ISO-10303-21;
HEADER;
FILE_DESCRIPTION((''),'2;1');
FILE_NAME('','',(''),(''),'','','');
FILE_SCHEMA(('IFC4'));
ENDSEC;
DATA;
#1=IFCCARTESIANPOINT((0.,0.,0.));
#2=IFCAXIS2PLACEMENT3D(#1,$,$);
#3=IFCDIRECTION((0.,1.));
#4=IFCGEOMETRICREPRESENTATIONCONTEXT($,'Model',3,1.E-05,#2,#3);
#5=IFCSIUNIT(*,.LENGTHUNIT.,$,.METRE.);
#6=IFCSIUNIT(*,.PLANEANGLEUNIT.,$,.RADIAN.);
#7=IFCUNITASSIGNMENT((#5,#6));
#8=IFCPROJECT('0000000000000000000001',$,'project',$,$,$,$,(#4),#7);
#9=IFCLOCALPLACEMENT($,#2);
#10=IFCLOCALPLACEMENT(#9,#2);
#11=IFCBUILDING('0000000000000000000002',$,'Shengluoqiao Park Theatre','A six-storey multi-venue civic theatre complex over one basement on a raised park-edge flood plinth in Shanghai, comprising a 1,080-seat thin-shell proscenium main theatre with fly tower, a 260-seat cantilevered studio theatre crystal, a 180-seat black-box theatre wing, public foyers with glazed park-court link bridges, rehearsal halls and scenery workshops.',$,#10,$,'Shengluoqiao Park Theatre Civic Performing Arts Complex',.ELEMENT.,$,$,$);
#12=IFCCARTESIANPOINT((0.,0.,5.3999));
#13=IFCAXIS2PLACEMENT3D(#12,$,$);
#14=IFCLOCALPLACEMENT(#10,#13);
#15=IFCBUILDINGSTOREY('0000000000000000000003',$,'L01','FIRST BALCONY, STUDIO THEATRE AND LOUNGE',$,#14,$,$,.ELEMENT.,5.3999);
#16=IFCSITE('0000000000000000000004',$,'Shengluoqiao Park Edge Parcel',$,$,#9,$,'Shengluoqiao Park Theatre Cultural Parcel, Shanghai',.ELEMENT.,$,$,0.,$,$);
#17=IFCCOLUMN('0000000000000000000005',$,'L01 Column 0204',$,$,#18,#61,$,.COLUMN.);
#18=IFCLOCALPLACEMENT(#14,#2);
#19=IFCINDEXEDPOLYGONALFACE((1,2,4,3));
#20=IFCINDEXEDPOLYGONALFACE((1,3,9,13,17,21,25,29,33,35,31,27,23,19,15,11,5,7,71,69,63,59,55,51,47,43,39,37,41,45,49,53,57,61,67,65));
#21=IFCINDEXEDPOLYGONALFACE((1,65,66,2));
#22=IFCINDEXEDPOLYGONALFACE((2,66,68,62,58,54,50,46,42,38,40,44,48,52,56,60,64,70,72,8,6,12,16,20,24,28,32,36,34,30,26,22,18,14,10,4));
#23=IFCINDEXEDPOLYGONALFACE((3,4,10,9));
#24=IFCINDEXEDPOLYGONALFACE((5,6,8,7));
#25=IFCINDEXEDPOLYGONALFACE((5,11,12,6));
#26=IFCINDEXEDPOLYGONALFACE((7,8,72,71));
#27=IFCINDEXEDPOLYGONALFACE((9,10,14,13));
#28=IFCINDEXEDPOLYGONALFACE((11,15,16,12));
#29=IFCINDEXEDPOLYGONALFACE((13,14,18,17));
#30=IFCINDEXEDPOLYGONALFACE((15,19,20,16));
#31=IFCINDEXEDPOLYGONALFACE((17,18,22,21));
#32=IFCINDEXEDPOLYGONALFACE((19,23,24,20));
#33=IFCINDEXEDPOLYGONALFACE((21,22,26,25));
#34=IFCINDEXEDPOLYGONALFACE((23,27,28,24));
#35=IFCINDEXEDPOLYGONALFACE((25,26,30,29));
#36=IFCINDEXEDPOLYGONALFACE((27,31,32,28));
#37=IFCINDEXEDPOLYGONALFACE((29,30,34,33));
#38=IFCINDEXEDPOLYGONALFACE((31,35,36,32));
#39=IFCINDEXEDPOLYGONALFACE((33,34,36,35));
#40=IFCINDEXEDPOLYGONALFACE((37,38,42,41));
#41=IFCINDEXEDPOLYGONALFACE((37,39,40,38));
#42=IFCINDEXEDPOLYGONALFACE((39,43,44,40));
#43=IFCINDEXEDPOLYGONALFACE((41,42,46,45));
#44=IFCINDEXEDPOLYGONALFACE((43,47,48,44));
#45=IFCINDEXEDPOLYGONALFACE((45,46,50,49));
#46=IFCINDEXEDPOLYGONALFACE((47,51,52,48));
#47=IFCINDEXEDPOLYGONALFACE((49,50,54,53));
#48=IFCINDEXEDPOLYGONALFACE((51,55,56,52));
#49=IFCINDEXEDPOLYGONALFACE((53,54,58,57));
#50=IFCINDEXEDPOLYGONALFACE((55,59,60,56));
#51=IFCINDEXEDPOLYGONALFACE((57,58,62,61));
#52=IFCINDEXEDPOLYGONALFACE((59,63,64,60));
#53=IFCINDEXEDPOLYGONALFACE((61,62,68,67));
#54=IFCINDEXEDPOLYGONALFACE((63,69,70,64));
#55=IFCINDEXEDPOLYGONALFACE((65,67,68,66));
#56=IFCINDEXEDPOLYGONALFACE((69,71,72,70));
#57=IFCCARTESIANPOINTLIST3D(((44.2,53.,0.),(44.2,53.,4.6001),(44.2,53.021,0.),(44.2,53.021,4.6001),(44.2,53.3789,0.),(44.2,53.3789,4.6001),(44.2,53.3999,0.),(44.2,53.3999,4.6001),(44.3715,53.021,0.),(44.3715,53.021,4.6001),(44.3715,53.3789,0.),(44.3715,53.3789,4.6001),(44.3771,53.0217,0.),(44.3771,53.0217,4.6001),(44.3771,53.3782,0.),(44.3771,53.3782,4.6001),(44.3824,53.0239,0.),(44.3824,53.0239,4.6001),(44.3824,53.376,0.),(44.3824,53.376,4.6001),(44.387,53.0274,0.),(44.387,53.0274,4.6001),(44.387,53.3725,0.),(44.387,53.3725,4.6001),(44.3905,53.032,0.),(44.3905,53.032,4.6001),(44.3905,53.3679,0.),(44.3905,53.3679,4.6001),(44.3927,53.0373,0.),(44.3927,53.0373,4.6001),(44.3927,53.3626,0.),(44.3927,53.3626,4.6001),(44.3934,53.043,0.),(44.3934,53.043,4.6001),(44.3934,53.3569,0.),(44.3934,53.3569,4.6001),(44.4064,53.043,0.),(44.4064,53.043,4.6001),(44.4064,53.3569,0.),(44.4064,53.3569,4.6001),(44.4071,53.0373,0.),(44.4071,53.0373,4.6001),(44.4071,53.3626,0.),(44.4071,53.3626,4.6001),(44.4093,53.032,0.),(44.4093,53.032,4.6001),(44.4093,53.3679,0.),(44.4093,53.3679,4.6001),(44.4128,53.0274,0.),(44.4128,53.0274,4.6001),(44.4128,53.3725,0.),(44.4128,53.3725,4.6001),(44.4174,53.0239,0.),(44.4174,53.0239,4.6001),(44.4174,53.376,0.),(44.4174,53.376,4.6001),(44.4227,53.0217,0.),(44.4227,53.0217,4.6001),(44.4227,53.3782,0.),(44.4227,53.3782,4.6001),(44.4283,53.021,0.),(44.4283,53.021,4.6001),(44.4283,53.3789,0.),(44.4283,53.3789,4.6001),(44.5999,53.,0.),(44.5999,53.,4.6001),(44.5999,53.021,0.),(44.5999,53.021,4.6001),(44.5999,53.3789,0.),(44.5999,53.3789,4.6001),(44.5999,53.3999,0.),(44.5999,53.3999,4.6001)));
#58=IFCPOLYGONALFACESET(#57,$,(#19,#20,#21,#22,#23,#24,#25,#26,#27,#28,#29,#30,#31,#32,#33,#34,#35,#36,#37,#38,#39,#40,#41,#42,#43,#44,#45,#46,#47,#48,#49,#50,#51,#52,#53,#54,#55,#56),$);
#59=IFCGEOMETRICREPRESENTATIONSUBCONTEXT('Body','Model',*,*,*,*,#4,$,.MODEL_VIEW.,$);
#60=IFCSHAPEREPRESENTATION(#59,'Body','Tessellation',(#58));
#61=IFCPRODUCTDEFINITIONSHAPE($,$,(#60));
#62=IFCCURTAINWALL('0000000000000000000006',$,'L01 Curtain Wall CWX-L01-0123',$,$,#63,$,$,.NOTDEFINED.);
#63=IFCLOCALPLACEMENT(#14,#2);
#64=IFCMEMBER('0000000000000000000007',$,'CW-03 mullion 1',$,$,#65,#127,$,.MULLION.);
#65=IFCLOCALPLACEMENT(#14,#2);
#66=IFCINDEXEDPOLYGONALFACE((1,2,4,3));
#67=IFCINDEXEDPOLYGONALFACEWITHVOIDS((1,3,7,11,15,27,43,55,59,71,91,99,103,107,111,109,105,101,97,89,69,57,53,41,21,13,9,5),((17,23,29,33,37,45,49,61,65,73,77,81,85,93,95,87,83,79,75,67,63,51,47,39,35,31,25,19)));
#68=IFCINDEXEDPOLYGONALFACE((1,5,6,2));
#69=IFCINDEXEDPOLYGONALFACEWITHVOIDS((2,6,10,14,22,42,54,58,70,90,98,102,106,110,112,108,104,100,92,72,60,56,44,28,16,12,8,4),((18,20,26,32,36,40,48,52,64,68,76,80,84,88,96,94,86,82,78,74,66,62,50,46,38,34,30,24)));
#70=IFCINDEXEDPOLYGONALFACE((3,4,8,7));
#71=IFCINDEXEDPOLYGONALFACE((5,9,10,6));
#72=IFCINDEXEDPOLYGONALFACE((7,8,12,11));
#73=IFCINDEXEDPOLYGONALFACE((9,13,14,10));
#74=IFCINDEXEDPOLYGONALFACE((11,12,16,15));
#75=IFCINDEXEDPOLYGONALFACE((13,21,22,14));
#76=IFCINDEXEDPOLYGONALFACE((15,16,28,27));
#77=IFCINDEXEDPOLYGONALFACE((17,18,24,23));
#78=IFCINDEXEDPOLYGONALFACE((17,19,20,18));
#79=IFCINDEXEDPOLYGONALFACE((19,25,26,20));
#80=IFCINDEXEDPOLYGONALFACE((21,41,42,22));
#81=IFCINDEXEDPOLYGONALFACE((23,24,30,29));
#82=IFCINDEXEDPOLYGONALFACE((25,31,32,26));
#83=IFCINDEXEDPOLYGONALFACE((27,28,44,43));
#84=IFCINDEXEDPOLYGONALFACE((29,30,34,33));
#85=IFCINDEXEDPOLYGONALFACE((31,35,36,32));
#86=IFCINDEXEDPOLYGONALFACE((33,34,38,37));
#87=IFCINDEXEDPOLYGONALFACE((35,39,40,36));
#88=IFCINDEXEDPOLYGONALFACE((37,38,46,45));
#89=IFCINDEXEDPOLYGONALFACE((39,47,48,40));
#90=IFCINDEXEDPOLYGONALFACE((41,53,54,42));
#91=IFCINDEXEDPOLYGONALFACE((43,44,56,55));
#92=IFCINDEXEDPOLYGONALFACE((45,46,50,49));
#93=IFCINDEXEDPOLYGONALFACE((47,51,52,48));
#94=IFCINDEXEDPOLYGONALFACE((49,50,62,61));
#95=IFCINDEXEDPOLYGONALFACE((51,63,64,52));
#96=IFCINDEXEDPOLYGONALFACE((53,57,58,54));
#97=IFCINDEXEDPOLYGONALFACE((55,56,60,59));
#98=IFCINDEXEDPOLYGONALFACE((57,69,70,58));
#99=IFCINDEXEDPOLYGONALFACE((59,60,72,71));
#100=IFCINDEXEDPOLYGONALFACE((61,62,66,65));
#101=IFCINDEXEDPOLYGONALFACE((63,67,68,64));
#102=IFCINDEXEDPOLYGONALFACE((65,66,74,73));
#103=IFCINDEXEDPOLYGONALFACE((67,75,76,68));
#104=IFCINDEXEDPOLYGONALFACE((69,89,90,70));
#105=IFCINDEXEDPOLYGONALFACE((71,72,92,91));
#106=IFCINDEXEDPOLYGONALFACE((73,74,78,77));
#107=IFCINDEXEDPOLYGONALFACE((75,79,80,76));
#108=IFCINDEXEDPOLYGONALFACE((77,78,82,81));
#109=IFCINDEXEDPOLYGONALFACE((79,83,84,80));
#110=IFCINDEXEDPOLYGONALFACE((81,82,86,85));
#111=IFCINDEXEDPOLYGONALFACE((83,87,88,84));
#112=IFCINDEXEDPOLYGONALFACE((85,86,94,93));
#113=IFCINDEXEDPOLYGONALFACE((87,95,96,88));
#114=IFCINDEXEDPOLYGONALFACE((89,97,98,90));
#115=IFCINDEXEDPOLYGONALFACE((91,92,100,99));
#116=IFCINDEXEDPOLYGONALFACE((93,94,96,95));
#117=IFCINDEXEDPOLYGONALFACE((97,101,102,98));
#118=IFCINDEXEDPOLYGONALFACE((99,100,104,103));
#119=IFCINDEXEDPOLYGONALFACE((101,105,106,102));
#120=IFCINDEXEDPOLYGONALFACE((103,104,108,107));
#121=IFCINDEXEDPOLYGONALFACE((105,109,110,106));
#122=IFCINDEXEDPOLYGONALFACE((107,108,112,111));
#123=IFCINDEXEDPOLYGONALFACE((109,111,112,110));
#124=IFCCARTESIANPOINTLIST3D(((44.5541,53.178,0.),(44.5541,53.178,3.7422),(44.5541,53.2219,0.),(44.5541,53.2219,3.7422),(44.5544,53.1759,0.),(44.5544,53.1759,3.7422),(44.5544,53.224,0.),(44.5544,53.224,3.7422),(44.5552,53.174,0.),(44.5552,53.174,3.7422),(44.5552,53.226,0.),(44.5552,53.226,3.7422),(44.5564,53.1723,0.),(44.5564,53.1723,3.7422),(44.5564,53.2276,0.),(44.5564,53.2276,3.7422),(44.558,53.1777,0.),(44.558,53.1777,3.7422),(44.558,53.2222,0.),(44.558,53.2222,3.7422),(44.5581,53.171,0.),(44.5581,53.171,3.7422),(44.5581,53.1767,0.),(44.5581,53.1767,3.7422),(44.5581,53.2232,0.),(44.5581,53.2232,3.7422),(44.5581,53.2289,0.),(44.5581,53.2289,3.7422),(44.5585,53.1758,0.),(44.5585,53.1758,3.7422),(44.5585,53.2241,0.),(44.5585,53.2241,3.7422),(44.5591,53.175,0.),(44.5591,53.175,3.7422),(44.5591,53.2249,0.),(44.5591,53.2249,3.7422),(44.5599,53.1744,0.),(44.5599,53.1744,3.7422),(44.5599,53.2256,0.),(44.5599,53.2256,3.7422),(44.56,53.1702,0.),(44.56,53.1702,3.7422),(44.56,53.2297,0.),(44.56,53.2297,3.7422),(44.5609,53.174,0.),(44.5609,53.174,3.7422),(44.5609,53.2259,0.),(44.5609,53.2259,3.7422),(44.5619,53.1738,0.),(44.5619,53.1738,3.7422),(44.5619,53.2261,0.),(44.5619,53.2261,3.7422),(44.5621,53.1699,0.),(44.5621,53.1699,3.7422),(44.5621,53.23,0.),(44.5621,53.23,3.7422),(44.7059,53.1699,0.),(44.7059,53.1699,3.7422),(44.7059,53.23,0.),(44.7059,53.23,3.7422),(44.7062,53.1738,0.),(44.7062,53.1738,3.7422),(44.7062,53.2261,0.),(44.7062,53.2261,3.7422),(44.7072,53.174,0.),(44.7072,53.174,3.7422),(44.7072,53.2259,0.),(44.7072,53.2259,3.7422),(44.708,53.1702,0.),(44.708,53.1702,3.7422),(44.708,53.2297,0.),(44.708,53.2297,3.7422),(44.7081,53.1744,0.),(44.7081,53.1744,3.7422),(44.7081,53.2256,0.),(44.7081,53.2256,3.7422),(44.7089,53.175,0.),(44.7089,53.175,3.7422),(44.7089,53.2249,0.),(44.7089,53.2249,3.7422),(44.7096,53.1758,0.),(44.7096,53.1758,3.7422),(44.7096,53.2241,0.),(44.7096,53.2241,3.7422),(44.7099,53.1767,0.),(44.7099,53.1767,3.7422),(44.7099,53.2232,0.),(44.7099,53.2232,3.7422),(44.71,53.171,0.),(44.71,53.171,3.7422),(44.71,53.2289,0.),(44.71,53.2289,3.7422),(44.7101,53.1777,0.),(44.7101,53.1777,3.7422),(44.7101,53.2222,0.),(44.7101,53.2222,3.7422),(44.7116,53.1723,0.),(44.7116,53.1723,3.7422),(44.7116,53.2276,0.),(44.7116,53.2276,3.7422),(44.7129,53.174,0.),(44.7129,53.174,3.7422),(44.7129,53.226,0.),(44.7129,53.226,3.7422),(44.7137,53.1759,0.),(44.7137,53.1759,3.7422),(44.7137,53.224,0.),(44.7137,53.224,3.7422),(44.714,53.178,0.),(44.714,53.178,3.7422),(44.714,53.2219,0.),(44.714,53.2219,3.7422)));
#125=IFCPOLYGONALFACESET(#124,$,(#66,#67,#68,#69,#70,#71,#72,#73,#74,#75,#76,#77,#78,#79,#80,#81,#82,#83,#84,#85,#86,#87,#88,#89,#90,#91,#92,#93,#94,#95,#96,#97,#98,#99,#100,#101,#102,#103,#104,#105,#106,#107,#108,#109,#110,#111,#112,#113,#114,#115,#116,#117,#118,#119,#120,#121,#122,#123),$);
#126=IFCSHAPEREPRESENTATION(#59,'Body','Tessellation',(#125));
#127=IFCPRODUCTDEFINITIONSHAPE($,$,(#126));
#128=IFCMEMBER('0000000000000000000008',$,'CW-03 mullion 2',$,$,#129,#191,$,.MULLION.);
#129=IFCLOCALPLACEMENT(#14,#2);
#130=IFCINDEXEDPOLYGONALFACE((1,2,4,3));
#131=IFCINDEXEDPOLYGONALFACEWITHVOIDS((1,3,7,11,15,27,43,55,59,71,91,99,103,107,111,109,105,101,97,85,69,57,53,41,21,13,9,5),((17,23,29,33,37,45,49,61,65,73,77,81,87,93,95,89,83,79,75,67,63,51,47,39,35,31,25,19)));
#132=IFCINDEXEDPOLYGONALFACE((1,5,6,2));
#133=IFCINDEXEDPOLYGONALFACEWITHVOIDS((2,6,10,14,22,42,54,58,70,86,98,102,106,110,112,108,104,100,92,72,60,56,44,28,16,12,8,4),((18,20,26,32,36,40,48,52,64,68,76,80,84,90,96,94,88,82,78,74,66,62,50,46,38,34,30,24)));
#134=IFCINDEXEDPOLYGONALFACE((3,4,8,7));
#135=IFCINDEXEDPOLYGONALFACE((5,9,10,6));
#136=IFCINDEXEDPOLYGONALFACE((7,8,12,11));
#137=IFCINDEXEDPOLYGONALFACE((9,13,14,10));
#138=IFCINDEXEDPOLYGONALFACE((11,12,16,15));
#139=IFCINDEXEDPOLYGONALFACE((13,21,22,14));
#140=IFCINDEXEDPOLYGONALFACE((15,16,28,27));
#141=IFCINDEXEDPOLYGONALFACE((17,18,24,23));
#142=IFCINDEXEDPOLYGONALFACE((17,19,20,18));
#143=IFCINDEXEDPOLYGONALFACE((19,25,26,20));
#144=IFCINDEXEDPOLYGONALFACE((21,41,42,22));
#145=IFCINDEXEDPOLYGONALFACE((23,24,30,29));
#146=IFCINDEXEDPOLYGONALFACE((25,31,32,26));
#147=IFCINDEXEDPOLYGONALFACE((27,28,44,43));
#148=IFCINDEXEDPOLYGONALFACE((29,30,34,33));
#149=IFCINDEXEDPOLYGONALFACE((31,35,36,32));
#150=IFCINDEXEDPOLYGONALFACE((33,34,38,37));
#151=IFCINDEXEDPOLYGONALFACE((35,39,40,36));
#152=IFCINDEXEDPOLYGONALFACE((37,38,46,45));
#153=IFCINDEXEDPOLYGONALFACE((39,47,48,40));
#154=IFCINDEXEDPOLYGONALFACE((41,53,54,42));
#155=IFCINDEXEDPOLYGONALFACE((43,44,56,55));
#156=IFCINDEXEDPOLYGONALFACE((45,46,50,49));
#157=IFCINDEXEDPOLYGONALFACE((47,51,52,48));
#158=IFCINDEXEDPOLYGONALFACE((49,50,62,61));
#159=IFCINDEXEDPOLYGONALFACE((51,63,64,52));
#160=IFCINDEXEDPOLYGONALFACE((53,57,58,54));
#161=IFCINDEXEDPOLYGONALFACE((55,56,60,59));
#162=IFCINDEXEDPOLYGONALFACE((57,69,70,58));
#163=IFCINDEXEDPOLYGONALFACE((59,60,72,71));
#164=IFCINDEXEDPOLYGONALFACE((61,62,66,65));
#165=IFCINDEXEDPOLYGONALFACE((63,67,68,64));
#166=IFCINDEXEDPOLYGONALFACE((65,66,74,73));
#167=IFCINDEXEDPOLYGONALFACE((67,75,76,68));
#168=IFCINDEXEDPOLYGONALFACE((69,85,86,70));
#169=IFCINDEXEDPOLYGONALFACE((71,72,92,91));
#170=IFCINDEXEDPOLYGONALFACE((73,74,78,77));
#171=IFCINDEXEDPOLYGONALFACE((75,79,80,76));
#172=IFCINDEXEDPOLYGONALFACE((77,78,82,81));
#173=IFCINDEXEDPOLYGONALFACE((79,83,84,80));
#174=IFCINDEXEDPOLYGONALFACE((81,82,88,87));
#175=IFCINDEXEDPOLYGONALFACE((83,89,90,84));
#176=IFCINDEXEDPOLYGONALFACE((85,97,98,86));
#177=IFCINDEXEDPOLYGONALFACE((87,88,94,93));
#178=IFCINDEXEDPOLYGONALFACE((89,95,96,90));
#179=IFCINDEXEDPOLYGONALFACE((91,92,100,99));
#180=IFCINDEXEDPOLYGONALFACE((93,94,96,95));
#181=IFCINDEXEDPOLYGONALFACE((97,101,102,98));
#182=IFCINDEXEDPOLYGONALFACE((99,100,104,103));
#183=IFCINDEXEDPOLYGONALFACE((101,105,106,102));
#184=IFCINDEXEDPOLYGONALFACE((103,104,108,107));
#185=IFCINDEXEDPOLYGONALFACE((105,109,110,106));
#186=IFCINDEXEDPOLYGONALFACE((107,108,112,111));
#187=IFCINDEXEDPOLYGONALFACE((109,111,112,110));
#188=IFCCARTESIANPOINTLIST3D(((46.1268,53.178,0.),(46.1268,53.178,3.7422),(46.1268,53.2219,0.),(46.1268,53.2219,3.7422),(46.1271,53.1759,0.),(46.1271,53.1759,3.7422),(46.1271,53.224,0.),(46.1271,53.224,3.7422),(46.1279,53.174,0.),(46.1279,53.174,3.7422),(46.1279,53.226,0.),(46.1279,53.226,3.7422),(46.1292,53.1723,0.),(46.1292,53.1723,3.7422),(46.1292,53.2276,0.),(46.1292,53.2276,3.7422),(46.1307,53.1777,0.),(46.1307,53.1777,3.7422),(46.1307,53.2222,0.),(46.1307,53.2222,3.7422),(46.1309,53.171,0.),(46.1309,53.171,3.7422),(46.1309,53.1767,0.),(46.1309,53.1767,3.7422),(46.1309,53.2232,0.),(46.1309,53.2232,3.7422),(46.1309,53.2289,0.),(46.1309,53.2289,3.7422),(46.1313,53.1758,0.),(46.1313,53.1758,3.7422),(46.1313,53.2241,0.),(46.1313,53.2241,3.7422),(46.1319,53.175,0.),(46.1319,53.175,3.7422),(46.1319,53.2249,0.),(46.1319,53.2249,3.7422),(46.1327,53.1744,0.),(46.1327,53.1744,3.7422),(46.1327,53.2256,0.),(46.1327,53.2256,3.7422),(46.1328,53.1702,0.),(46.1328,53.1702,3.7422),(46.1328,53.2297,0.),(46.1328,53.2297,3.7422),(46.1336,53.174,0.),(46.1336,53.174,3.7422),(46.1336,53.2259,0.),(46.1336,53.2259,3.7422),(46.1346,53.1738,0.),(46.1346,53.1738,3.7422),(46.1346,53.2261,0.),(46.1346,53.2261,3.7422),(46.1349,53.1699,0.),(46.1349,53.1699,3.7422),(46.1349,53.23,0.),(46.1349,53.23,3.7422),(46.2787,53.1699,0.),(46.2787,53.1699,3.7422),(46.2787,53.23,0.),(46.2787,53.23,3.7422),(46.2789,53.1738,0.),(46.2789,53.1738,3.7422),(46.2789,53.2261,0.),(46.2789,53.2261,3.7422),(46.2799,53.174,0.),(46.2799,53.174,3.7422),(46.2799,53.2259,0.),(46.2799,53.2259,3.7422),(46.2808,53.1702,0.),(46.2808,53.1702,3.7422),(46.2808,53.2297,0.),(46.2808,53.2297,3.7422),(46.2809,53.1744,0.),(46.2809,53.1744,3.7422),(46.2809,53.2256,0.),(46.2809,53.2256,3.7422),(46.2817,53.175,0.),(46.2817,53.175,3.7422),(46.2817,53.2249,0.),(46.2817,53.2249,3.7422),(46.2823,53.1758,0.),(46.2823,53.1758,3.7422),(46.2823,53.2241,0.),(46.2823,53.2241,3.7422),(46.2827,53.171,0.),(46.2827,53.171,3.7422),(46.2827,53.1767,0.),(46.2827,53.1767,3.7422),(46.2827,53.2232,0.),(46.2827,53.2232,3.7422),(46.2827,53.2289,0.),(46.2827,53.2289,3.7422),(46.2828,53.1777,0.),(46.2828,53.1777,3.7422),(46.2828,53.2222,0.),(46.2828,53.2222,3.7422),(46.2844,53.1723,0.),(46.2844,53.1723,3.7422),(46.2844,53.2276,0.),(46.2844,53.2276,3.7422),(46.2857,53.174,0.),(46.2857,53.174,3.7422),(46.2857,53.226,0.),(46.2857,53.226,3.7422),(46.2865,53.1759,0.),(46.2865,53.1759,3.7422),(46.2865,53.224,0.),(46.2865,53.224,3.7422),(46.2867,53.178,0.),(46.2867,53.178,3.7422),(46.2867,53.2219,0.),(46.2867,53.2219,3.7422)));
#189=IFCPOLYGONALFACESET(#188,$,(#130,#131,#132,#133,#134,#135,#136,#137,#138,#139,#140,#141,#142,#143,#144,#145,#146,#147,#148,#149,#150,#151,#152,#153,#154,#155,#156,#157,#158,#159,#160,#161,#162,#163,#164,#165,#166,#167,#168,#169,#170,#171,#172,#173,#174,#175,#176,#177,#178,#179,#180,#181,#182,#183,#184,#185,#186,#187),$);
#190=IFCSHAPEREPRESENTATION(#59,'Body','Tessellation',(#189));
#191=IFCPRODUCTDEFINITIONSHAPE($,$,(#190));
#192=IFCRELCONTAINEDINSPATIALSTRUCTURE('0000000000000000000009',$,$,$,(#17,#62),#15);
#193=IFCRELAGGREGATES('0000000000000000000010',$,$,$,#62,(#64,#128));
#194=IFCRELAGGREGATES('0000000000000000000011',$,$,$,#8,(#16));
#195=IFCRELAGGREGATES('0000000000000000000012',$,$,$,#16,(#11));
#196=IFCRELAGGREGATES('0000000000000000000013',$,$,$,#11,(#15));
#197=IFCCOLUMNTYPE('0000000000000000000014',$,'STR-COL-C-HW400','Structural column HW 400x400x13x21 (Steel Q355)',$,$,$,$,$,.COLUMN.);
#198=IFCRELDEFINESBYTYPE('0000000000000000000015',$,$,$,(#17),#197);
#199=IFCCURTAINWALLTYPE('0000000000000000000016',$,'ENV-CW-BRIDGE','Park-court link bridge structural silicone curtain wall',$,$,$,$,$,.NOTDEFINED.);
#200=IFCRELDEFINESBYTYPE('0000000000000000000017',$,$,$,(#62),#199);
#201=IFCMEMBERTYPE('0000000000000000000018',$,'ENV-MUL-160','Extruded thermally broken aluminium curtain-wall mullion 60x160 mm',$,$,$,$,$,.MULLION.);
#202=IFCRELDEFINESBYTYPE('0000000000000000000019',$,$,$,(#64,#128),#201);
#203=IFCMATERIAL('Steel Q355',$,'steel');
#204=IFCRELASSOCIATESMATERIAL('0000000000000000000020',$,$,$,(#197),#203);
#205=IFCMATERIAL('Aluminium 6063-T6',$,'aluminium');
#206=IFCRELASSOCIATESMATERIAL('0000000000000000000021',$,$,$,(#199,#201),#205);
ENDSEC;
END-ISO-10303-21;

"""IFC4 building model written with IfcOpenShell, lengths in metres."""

from ifc_helpers import new_model, si_unit, direction, frame, origin, origin_2d, place, context, subcontext, project, spatial, hollow_rectangle, i_section, extrude, material, material_profile, profile_set, type_object, element, aggregate, save


model = new_model("IFC4")

# Units and contexts
model_context = context("Model", 3, precision=1e-05, world=origin(), true_north=direction((0.0, 1.0)))
body_context = subcontext(model_context, "Body", "Model", "MODEL_VIEW")
ifc_project = project(units=[si_unit("LENGTHUNIT", "METRE"), si_unit("PLANEANGLEUNIT", "RADIAN")], contexts=[model_context])

# Site, building, storey
site_placement = place(None, origin())
site = spatial("IfcSite", under=ifc_project, at=site_placement, Name="Shengluoqiao Park Edge Parcel", LongName="Shengluoqiao Park Theatre Cultural Parcel, Shanghai", CompositionType="ELEMENT", RefElevation=0.0)
building_placement = place(site_placement, origin())
building = spatial("IfcBuilding", under=site, at=building_placement, Name="Shengluoqiao Park Theatre", Description="A six-storey multi-venue civic theatre complex over one basement on a raised park-edge flood plinth in Shanghai, comprising a 1,080-seat thin-shell proscenium main theatre with fly tower, a 260-seat cantilevered studio theatre crystal, a 180-seat black-box theatre wing, public foyers with glazed park-court link bridges, rehearsal halls and scenery workshops.", LongName="Shengluoqiao Park Theatre Civic Performing Arts Complex", CompositionType="ELEMENT")
storey_placement = place(building_placement, frame((0.0, 0.0, 5.3999)))
storey = spatial("IfcBuildingStorey", under=building, at=storey_placement, Name="L01", Description="FIRST BALCONY, STUDIO THEATRE AND LOUNGE", CompositionType="ELEMENT", Elevation=5.3999)

# Column
ifc_material_1 = material(Name="Steel Q355", Category="steel")
ifc_material_profile_1 = material_profile(ifc_material_1, i_section(OverallWidth=0.3999, OverallDepth=0.3999, WebThickness=0.0129, FlangeThickness=0.021, FilletRadius=0.022, at=origin_2d()), Name="HW 400x400x13x21")
ifc_profile_set_1 = profile_set([ifc_material_profile_1], Name="Steel Q355")
column_type = type_object("IfcColumnType", Name="STR-COL-C-HW400", Description="Structural column HW 400x400x13x21 (Steel Q355)", PredefinedType="COLUMN", material=ifc_profile_set_1)
column_placement = place(storey_placement, frame((44.3999, 53.2, 0.0), z_axis=(0.0, 0.0, 1.0), x_axis=(1.0, 0.0, 0.0)))
element("IfcColumn", 1, at=column_placement, inside=storey, type_object=column_type, Name="L01 Column 0204", PredefinedType="COLUMN", context=body_context, shape_type="SweptSolid", body=[
    extrude(i_section(OverallWidth=0.3999, OverallDepth=0.3999, WebThickness=0.0129, FlangeThickness=0.021, FilletRadius=0.022, at=origin_2d()), origin(), (0.0, 0.0, 1.0), 4.6001),
])

# Curtain wall, members
ifc_material_2 = material(Name="Aluminium 6063-T6", Category="aluminium")
curtain_wall_type = type_object("IfcCurtainWallType", Name="ENV-CW-BRIDGE", Description="Park-court link bridge structural silicone curtain wall", PredefinedType="NOTDEFINED", material=ifc_material_2)
curtain_wall_placement = place(storey_placement, origin())
curtain_wall = element("IfcCurtainWall", 2, at=curtain_wall_placement, inside=storey, type_object=curtain_wall_type, Name="L01 Curtain Wall CWX-L01-0123", PredefinedType="NOTDEFINED")
ifc_material_profile_2 = material_profile(ifc_material_2, hollow_rectangle(XDim=0.0601, YDim=0.1599, WallThickness=0.0039, InnerFilletRadius=0.0039, OuterFilletRadius=0.0081, at=origin_2d()), Name="ALU MULLION 160x60x4")
ifc_profile_set_2 = profile_set([ifc_material_profile_2], Name="Aluminium 6063-T6")
member_type_1 = type_object("IfcMemberType", Name="ENV-MUL-160", Description="Extruded thermally broken aluminium curtain-wall mullion 60x160 mm", PredefinedType="MULLION", material=ifc_profile_set_2)
member_1_placement = place(storey_placement, frame((44.634, 53.2, 0.0), z_axis=(0.0, 0.0, 1.0), x_axis=(0.0, 1.0, 0.0)))
member_1 = element("IfcMember", 3, at=member_1_placement, type_object=member_type_1, Name="CW-03 mullion 1", PredefinedType="MULLION", context=body_context, shape_type="SweptSolid", body=[
    extrude(hollow_rectangle(XDim=0.0601, YDim=0.1599, WallThickness=0.0039, InnerFilletRadius=0.0039, OuterFilletRadius=0.0081, at=origin_2d()), origin(), (0.0, 0.0, 1.0), 3.7422),
])
member_2_placement = place(storey_placement, frame((46.2068, 53.2, 0.0), z_axis=(0.0, 0.0, 1.0), x_axis=(0.0, 1.0, 0.0)))
member_2 = element("IfcMember", 4, at=member_2_placement, type_object=member_type_1, Name="CW-03 mullion 2", PredefinedType="MULLION", context=body_context, shape_type="SweptSolid", body=[
    extrude(hollow_rectangle(XDim=0.0601, YDim=0.1599, WallThickness=0.0039, InnerFilletRadius=0.0039, OuterFilletRadius=0.0081, at=origin_2d()), origin(), (0.0, 0.0, 1.0), 3.7422),
])

aggregate(curtain_wall, [member_1, member_2])

save(model, "model.ifc")
